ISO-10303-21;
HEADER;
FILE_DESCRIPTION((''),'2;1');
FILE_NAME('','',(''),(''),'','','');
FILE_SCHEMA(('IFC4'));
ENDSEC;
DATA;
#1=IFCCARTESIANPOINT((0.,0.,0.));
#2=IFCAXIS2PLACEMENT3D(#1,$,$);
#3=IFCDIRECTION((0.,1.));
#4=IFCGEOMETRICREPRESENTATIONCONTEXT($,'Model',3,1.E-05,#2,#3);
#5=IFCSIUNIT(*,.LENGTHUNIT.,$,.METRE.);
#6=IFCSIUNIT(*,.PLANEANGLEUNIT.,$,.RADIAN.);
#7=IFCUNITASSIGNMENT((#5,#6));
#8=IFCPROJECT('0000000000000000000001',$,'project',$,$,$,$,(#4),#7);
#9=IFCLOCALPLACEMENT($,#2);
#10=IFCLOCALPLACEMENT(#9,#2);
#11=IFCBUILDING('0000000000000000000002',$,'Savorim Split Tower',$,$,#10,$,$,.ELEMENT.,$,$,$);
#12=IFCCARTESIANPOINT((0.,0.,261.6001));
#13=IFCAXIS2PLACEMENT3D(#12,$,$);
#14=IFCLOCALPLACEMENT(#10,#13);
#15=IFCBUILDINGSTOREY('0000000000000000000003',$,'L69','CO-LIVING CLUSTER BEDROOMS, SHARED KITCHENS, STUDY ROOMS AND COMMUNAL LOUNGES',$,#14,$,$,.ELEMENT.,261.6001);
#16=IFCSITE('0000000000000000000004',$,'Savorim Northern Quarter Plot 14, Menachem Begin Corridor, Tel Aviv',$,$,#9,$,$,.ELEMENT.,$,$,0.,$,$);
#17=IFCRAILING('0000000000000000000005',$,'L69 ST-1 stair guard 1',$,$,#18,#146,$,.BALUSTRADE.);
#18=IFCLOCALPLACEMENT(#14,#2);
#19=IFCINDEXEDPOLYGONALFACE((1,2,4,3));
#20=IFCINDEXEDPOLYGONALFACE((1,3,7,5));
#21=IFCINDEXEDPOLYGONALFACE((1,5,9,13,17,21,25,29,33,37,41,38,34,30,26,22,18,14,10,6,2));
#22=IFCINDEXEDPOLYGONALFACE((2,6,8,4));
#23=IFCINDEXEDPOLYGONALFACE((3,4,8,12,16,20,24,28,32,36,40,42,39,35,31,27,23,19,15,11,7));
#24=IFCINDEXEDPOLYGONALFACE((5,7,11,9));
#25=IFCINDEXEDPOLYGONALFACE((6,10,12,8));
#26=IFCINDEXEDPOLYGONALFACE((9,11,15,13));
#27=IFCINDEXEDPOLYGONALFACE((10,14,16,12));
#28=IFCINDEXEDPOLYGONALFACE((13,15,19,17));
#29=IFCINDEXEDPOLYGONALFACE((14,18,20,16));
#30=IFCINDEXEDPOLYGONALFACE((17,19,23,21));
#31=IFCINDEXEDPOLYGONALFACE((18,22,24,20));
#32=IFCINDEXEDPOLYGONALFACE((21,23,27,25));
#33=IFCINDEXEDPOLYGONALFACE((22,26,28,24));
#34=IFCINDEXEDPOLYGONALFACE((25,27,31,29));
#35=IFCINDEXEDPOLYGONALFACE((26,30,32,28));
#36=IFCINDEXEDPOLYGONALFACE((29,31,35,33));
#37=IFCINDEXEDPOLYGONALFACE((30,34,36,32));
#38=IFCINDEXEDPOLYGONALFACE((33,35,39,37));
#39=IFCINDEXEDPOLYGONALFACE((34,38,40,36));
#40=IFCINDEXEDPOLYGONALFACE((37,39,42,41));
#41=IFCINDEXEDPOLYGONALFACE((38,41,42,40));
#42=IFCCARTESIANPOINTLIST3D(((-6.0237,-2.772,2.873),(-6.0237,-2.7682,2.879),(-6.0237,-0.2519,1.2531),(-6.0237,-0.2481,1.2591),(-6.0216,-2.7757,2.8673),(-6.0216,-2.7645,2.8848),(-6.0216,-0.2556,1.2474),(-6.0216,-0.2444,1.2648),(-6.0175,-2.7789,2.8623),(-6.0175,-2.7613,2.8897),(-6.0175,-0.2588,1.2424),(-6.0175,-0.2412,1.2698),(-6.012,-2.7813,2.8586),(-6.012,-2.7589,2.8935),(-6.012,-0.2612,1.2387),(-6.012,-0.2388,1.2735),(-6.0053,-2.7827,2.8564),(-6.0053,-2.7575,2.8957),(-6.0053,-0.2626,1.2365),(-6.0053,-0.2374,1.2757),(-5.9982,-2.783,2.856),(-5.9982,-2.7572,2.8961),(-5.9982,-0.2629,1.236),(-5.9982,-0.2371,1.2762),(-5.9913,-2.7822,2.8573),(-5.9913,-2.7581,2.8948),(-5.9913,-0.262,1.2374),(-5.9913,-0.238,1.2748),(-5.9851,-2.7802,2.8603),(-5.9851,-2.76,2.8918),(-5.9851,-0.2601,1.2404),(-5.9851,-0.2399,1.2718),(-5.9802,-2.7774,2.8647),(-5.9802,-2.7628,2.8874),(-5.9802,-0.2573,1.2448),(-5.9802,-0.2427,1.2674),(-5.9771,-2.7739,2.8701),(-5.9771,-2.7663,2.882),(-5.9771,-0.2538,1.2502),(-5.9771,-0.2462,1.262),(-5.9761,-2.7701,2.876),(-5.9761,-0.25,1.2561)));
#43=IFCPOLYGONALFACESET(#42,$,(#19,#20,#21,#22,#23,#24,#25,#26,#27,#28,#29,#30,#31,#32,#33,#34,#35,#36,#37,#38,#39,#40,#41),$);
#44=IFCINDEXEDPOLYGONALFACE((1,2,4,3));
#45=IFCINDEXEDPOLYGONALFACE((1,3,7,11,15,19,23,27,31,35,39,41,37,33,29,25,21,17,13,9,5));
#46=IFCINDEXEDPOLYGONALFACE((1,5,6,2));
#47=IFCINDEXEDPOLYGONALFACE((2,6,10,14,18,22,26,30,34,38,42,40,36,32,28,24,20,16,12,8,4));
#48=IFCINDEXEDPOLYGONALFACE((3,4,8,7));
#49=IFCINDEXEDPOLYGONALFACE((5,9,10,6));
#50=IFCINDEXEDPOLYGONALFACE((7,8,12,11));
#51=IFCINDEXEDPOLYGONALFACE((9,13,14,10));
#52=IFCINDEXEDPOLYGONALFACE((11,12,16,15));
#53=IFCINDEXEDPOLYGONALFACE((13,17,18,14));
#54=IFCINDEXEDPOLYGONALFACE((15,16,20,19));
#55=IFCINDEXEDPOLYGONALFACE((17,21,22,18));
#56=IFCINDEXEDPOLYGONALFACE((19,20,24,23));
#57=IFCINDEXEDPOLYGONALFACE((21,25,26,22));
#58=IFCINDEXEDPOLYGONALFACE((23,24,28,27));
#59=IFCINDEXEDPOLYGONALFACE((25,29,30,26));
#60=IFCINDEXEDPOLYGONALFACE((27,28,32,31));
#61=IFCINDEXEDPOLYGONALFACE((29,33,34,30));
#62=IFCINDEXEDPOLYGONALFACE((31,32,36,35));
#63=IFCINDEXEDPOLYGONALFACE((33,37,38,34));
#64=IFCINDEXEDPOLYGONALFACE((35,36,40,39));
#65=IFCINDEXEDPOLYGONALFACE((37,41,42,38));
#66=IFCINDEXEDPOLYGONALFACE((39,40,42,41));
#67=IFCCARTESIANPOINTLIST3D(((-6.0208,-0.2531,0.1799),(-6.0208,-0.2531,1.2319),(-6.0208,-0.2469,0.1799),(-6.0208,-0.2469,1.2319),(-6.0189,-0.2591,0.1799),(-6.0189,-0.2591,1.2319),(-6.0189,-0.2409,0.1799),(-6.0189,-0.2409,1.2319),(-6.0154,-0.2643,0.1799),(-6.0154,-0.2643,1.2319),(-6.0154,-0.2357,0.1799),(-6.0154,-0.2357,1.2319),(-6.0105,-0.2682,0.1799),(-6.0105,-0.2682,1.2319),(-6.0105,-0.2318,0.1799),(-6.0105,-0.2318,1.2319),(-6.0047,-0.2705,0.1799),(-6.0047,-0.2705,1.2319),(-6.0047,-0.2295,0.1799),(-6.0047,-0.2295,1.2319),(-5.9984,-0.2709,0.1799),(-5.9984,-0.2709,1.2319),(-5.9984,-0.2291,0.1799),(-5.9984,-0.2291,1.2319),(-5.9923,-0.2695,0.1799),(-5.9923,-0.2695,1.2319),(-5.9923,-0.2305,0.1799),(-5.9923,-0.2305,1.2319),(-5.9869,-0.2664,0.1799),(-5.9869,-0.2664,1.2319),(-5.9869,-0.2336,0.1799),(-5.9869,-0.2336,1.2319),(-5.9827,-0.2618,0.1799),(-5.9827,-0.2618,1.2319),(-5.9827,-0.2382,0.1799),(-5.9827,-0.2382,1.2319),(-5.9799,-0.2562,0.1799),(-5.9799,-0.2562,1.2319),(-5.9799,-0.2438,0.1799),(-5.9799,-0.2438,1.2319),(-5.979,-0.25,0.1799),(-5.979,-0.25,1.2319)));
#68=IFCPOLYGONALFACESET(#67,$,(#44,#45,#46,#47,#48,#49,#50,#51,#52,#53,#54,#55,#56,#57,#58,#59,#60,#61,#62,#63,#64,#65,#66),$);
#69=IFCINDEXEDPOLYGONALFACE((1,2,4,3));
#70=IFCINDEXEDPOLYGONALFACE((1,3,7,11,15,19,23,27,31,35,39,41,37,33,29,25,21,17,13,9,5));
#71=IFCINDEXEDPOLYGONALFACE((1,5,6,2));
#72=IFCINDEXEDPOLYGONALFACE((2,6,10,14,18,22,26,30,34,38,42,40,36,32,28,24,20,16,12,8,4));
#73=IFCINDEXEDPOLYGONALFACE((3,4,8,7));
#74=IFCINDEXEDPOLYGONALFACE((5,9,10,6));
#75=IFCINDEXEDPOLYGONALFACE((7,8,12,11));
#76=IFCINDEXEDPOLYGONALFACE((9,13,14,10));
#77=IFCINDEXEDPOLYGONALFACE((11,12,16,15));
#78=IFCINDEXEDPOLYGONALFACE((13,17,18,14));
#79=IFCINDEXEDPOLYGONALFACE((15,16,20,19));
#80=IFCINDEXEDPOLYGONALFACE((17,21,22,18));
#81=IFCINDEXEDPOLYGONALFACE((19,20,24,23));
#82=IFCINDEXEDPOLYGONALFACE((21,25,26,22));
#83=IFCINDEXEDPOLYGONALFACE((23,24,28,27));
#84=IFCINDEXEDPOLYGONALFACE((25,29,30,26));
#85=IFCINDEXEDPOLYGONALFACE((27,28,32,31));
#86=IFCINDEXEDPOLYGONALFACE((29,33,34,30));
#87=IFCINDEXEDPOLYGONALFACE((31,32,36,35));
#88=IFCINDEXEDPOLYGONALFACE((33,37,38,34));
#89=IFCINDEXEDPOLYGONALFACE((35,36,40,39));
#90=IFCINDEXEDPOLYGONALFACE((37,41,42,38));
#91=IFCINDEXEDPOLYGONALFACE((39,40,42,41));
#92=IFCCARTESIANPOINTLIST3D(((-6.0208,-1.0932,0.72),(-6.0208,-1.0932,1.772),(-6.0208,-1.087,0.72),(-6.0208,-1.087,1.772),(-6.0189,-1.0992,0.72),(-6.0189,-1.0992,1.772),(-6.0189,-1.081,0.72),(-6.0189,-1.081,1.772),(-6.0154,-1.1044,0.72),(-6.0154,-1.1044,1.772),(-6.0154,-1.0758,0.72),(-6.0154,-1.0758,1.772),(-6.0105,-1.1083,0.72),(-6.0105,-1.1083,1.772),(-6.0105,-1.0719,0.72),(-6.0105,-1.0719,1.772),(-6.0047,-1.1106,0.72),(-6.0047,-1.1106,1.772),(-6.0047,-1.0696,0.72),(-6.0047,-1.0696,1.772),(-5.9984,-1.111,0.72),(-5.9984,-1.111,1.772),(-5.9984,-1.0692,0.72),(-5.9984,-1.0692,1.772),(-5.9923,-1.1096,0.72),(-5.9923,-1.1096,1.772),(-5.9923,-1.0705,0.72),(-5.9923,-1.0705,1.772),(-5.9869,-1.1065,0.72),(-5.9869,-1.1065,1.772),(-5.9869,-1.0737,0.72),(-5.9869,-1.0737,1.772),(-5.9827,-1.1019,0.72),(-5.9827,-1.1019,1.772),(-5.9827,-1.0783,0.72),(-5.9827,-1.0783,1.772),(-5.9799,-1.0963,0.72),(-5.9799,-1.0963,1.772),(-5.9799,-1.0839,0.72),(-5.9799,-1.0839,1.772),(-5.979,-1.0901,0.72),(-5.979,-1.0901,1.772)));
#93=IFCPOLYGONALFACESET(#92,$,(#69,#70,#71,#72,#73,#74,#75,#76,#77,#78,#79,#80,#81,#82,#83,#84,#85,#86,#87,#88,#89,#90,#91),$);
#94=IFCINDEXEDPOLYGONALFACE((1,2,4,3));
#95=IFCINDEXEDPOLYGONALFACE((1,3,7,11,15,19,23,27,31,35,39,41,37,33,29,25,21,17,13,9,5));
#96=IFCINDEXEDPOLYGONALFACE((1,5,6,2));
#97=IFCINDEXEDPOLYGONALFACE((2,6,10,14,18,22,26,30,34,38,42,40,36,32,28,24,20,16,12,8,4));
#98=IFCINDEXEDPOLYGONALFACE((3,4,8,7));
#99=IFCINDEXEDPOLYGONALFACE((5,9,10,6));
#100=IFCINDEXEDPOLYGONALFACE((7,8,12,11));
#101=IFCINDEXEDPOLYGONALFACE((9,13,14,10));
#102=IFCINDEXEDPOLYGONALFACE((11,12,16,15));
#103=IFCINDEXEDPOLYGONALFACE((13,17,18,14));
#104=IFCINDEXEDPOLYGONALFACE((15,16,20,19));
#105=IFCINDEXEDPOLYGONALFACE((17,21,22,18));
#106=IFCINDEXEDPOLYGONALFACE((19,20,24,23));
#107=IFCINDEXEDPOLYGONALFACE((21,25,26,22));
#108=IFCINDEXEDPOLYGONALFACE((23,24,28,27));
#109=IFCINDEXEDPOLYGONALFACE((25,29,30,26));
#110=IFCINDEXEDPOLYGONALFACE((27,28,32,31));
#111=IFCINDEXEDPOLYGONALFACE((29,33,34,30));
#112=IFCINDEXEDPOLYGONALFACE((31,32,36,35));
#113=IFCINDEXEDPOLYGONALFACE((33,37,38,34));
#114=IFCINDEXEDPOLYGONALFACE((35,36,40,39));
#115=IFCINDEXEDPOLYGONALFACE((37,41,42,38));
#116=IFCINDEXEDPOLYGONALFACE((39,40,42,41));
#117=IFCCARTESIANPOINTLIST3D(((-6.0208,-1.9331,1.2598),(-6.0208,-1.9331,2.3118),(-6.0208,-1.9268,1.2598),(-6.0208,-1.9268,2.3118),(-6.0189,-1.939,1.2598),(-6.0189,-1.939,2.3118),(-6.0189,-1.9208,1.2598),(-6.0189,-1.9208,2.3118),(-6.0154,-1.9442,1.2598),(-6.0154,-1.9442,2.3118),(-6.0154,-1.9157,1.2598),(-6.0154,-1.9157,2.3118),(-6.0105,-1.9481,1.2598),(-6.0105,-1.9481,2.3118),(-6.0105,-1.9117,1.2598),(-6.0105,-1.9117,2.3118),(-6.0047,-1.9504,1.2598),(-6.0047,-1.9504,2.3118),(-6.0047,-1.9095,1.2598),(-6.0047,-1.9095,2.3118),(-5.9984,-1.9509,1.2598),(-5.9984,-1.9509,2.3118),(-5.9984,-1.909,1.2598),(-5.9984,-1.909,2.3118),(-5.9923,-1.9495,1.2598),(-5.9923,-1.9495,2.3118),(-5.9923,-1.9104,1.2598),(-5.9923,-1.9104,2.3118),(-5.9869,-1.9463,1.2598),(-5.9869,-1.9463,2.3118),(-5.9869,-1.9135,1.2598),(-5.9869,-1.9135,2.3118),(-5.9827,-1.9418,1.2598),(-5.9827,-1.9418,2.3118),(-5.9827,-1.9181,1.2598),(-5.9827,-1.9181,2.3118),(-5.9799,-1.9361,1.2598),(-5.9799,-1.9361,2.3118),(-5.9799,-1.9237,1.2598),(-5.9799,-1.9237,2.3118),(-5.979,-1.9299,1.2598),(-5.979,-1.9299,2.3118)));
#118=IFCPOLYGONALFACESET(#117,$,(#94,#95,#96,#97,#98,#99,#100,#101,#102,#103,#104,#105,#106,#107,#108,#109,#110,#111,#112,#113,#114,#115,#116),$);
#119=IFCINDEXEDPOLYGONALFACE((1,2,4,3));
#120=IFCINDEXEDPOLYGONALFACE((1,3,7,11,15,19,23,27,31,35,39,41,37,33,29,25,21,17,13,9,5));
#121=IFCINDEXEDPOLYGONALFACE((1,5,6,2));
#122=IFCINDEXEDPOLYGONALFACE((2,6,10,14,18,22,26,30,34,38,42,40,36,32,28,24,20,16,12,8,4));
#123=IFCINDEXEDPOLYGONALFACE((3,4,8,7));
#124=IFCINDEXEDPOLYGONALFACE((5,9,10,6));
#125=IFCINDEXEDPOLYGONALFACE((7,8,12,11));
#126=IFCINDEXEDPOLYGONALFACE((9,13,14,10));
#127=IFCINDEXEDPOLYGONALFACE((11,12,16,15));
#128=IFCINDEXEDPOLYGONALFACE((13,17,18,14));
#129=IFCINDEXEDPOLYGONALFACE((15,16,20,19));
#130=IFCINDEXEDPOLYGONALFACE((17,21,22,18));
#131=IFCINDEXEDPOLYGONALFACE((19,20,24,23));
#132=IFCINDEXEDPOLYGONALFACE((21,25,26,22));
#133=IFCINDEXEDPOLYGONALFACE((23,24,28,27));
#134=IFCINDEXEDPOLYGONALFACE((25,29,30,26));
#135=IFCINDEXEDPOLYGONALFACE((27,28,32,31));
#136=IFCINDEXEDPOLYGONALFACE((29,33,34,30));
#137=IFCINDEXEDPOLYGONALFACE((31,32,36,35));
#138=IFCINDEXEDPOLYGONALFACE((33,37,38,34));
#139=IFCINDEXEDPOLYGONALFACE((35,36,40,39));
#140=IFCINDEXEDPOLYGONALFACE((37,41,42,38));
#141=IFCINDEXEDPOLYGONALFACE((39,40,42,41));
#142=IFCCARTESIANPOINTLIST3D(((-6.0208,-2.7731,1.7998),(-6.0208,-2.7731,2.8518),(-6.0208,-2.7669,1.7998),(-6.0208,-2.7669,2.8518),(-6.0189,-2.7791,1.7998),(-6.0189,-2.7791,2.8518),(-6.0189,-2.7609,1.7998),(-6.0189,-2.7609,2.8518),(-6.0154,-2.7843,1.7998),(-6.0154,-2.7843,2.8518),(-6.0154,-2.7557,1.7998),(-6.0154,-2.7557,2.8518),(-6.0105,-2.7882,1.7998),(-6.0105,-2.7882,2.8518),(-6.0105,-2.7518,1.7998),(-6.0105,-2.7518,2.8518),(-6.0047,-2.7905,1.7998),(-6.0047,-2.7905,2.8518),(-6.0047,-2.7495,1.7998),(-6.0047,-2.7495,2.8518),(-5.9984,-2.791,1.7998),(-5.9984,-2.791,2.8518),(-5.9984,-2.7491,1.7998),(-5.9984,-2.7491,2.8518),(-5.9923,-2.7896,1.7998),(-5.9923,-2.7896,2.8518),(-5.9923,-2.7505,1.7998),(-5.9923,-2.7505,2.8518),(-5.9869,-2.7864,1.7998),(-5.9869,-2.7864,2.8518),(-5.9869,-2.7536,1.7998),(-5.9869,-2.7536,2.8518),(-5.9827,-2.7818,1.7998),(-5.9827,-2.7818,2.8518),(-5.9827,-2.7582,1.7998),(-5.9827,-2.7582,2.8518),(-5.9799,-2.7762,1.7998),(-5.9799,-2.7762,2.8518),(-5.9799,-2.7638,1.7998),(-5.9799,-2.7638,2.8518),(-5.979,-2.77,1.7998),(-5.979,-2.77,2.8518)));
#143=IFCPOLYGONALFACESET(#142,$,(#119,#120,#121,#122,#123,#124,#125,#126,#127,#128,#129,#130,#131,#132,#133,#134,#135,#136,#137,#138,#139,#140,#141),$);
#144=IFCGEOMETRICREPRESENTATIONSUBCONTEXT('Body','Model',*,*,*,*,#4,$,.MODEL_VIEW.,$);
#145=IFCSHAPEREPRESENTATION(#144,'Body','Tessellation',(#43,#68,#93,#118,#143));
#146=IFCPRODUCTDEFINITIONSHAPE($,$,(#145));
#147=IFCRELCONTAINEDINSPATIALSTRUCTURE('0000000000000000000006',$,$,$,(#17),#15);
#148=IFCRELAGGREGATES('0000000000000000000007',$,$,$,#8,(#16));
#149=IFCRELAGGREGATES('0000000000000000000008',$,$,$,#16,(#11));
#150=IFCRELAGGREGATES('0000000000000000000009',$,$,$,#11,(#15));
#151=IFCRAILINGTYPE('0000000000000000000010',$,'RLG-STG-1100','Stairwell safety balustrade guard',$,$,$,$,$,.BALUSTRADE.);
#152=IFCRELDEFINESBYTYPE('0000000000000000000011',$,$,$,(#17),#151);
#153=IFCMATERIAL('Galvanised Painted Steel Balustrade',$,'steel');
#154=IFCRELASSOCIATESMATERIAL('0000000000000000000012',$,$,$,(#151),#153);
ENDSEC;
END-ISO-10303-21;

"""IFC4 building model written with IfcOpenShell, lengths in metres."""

from ifc_helpers import new_model, si_unit, direction, frame, origin, origin_2d, place, context, subcontext, project, spatial, circle, extrude, material, type_object, element, save


model = new_model("IFC4")

# Units and contexts
model_context = context("Model", 3, precision=1e-05, world=origin(), true_north=direction((0.0, 1.0)))
body_context = subcontext(model_context, "Body", "Model", "MODEL_VIEW")
ifc_project = project(units=[si_unit("LENGTHUNIT", "METRE"), si_unit("PLANEANGLEUNIT", "RADIAN")], contexts=[model_context])

# Site, building, storey
site_placement = place(None, origin())
site = spatial("IfcSite", under=ifc_project, at=site_placement, Name="Savorim Northern Quarter Plot 14, Menachem Begin Corridor, Tel Aviv", CompositionType="ELEMENT", RefElevation=0.0)
building_placement = place(site_placement, origin())
building = spatial("IfcBuilding", under=site, at=building_placement, Name="Savorim Split Tower", CompositionType="ELEMENT")
storey_placement = place(building_placement, frame((0.0, 0.0, 261.6001)))
storey = spatial("IfcBuildingStorey", under=building, at=storey_placement, Name="L69", Description="CO-LIVING CLUSTER BEDROOMS, SHARED KITCHENS, STUDY ROOMS AND COMMUNAL LOUNGES", CompositionType="ELEMENT", Elevation=261.6001)

# Railing
ifc_material_1 = material(Name="Galvanised Painted Steel Balustrade", Category="steel")
railing_type_1 = type_object("IfcRailingType", Name="RLG-STG-1100", Description="Stairwell safety balustrade guard", PredefinedType="BALUSTRADE", material=ifc_material_1)
railing_1_placement = place(storey_placement, frame((-6.0, -0.25, 0.1799)))
element("IfcRailing", 1, at=railing_1_placement, inside=storey, type_object=railing_type_1, Name="L69 ST-1 stair guard 1", PredefinedType="BALUSTRADE", context=body_context, shape_type="SweptSolid", body=[
    extrude(circle(Radius=0.0239, at=origin_2d()), frame((0.0, 0.0, 1.0762), z_axis=(0.0, -0.8412, 0.540725), x_axis=(1.0, 0.0, 0.0)), (0.0, 0.0, 1.0), 2.9958),
    extrude(circle(Radius=0.021, at=origin_2d()), origin(), (0.0, 0.0, 1.0), 1.052),
    extrude(circle(Radius=0.021, at=origin_2d()), frame((0.0, -0.8401, 0.54)), (0.0, 0.0, 1.0), 1.052),
    extrude(circle(Radius=0.021, at=origin_2d()), frame((0.0, -1.6799, 1.0798)), (0.0, 0.0, 1.0), 1.052),
    extrude(circle(Radius=0.021, at=origin_2d()), frame((0.0, -2.52, 1.6199)), (0.0, 0.0, 1.0), 1.052),
])

save(model, "model.ifc")
